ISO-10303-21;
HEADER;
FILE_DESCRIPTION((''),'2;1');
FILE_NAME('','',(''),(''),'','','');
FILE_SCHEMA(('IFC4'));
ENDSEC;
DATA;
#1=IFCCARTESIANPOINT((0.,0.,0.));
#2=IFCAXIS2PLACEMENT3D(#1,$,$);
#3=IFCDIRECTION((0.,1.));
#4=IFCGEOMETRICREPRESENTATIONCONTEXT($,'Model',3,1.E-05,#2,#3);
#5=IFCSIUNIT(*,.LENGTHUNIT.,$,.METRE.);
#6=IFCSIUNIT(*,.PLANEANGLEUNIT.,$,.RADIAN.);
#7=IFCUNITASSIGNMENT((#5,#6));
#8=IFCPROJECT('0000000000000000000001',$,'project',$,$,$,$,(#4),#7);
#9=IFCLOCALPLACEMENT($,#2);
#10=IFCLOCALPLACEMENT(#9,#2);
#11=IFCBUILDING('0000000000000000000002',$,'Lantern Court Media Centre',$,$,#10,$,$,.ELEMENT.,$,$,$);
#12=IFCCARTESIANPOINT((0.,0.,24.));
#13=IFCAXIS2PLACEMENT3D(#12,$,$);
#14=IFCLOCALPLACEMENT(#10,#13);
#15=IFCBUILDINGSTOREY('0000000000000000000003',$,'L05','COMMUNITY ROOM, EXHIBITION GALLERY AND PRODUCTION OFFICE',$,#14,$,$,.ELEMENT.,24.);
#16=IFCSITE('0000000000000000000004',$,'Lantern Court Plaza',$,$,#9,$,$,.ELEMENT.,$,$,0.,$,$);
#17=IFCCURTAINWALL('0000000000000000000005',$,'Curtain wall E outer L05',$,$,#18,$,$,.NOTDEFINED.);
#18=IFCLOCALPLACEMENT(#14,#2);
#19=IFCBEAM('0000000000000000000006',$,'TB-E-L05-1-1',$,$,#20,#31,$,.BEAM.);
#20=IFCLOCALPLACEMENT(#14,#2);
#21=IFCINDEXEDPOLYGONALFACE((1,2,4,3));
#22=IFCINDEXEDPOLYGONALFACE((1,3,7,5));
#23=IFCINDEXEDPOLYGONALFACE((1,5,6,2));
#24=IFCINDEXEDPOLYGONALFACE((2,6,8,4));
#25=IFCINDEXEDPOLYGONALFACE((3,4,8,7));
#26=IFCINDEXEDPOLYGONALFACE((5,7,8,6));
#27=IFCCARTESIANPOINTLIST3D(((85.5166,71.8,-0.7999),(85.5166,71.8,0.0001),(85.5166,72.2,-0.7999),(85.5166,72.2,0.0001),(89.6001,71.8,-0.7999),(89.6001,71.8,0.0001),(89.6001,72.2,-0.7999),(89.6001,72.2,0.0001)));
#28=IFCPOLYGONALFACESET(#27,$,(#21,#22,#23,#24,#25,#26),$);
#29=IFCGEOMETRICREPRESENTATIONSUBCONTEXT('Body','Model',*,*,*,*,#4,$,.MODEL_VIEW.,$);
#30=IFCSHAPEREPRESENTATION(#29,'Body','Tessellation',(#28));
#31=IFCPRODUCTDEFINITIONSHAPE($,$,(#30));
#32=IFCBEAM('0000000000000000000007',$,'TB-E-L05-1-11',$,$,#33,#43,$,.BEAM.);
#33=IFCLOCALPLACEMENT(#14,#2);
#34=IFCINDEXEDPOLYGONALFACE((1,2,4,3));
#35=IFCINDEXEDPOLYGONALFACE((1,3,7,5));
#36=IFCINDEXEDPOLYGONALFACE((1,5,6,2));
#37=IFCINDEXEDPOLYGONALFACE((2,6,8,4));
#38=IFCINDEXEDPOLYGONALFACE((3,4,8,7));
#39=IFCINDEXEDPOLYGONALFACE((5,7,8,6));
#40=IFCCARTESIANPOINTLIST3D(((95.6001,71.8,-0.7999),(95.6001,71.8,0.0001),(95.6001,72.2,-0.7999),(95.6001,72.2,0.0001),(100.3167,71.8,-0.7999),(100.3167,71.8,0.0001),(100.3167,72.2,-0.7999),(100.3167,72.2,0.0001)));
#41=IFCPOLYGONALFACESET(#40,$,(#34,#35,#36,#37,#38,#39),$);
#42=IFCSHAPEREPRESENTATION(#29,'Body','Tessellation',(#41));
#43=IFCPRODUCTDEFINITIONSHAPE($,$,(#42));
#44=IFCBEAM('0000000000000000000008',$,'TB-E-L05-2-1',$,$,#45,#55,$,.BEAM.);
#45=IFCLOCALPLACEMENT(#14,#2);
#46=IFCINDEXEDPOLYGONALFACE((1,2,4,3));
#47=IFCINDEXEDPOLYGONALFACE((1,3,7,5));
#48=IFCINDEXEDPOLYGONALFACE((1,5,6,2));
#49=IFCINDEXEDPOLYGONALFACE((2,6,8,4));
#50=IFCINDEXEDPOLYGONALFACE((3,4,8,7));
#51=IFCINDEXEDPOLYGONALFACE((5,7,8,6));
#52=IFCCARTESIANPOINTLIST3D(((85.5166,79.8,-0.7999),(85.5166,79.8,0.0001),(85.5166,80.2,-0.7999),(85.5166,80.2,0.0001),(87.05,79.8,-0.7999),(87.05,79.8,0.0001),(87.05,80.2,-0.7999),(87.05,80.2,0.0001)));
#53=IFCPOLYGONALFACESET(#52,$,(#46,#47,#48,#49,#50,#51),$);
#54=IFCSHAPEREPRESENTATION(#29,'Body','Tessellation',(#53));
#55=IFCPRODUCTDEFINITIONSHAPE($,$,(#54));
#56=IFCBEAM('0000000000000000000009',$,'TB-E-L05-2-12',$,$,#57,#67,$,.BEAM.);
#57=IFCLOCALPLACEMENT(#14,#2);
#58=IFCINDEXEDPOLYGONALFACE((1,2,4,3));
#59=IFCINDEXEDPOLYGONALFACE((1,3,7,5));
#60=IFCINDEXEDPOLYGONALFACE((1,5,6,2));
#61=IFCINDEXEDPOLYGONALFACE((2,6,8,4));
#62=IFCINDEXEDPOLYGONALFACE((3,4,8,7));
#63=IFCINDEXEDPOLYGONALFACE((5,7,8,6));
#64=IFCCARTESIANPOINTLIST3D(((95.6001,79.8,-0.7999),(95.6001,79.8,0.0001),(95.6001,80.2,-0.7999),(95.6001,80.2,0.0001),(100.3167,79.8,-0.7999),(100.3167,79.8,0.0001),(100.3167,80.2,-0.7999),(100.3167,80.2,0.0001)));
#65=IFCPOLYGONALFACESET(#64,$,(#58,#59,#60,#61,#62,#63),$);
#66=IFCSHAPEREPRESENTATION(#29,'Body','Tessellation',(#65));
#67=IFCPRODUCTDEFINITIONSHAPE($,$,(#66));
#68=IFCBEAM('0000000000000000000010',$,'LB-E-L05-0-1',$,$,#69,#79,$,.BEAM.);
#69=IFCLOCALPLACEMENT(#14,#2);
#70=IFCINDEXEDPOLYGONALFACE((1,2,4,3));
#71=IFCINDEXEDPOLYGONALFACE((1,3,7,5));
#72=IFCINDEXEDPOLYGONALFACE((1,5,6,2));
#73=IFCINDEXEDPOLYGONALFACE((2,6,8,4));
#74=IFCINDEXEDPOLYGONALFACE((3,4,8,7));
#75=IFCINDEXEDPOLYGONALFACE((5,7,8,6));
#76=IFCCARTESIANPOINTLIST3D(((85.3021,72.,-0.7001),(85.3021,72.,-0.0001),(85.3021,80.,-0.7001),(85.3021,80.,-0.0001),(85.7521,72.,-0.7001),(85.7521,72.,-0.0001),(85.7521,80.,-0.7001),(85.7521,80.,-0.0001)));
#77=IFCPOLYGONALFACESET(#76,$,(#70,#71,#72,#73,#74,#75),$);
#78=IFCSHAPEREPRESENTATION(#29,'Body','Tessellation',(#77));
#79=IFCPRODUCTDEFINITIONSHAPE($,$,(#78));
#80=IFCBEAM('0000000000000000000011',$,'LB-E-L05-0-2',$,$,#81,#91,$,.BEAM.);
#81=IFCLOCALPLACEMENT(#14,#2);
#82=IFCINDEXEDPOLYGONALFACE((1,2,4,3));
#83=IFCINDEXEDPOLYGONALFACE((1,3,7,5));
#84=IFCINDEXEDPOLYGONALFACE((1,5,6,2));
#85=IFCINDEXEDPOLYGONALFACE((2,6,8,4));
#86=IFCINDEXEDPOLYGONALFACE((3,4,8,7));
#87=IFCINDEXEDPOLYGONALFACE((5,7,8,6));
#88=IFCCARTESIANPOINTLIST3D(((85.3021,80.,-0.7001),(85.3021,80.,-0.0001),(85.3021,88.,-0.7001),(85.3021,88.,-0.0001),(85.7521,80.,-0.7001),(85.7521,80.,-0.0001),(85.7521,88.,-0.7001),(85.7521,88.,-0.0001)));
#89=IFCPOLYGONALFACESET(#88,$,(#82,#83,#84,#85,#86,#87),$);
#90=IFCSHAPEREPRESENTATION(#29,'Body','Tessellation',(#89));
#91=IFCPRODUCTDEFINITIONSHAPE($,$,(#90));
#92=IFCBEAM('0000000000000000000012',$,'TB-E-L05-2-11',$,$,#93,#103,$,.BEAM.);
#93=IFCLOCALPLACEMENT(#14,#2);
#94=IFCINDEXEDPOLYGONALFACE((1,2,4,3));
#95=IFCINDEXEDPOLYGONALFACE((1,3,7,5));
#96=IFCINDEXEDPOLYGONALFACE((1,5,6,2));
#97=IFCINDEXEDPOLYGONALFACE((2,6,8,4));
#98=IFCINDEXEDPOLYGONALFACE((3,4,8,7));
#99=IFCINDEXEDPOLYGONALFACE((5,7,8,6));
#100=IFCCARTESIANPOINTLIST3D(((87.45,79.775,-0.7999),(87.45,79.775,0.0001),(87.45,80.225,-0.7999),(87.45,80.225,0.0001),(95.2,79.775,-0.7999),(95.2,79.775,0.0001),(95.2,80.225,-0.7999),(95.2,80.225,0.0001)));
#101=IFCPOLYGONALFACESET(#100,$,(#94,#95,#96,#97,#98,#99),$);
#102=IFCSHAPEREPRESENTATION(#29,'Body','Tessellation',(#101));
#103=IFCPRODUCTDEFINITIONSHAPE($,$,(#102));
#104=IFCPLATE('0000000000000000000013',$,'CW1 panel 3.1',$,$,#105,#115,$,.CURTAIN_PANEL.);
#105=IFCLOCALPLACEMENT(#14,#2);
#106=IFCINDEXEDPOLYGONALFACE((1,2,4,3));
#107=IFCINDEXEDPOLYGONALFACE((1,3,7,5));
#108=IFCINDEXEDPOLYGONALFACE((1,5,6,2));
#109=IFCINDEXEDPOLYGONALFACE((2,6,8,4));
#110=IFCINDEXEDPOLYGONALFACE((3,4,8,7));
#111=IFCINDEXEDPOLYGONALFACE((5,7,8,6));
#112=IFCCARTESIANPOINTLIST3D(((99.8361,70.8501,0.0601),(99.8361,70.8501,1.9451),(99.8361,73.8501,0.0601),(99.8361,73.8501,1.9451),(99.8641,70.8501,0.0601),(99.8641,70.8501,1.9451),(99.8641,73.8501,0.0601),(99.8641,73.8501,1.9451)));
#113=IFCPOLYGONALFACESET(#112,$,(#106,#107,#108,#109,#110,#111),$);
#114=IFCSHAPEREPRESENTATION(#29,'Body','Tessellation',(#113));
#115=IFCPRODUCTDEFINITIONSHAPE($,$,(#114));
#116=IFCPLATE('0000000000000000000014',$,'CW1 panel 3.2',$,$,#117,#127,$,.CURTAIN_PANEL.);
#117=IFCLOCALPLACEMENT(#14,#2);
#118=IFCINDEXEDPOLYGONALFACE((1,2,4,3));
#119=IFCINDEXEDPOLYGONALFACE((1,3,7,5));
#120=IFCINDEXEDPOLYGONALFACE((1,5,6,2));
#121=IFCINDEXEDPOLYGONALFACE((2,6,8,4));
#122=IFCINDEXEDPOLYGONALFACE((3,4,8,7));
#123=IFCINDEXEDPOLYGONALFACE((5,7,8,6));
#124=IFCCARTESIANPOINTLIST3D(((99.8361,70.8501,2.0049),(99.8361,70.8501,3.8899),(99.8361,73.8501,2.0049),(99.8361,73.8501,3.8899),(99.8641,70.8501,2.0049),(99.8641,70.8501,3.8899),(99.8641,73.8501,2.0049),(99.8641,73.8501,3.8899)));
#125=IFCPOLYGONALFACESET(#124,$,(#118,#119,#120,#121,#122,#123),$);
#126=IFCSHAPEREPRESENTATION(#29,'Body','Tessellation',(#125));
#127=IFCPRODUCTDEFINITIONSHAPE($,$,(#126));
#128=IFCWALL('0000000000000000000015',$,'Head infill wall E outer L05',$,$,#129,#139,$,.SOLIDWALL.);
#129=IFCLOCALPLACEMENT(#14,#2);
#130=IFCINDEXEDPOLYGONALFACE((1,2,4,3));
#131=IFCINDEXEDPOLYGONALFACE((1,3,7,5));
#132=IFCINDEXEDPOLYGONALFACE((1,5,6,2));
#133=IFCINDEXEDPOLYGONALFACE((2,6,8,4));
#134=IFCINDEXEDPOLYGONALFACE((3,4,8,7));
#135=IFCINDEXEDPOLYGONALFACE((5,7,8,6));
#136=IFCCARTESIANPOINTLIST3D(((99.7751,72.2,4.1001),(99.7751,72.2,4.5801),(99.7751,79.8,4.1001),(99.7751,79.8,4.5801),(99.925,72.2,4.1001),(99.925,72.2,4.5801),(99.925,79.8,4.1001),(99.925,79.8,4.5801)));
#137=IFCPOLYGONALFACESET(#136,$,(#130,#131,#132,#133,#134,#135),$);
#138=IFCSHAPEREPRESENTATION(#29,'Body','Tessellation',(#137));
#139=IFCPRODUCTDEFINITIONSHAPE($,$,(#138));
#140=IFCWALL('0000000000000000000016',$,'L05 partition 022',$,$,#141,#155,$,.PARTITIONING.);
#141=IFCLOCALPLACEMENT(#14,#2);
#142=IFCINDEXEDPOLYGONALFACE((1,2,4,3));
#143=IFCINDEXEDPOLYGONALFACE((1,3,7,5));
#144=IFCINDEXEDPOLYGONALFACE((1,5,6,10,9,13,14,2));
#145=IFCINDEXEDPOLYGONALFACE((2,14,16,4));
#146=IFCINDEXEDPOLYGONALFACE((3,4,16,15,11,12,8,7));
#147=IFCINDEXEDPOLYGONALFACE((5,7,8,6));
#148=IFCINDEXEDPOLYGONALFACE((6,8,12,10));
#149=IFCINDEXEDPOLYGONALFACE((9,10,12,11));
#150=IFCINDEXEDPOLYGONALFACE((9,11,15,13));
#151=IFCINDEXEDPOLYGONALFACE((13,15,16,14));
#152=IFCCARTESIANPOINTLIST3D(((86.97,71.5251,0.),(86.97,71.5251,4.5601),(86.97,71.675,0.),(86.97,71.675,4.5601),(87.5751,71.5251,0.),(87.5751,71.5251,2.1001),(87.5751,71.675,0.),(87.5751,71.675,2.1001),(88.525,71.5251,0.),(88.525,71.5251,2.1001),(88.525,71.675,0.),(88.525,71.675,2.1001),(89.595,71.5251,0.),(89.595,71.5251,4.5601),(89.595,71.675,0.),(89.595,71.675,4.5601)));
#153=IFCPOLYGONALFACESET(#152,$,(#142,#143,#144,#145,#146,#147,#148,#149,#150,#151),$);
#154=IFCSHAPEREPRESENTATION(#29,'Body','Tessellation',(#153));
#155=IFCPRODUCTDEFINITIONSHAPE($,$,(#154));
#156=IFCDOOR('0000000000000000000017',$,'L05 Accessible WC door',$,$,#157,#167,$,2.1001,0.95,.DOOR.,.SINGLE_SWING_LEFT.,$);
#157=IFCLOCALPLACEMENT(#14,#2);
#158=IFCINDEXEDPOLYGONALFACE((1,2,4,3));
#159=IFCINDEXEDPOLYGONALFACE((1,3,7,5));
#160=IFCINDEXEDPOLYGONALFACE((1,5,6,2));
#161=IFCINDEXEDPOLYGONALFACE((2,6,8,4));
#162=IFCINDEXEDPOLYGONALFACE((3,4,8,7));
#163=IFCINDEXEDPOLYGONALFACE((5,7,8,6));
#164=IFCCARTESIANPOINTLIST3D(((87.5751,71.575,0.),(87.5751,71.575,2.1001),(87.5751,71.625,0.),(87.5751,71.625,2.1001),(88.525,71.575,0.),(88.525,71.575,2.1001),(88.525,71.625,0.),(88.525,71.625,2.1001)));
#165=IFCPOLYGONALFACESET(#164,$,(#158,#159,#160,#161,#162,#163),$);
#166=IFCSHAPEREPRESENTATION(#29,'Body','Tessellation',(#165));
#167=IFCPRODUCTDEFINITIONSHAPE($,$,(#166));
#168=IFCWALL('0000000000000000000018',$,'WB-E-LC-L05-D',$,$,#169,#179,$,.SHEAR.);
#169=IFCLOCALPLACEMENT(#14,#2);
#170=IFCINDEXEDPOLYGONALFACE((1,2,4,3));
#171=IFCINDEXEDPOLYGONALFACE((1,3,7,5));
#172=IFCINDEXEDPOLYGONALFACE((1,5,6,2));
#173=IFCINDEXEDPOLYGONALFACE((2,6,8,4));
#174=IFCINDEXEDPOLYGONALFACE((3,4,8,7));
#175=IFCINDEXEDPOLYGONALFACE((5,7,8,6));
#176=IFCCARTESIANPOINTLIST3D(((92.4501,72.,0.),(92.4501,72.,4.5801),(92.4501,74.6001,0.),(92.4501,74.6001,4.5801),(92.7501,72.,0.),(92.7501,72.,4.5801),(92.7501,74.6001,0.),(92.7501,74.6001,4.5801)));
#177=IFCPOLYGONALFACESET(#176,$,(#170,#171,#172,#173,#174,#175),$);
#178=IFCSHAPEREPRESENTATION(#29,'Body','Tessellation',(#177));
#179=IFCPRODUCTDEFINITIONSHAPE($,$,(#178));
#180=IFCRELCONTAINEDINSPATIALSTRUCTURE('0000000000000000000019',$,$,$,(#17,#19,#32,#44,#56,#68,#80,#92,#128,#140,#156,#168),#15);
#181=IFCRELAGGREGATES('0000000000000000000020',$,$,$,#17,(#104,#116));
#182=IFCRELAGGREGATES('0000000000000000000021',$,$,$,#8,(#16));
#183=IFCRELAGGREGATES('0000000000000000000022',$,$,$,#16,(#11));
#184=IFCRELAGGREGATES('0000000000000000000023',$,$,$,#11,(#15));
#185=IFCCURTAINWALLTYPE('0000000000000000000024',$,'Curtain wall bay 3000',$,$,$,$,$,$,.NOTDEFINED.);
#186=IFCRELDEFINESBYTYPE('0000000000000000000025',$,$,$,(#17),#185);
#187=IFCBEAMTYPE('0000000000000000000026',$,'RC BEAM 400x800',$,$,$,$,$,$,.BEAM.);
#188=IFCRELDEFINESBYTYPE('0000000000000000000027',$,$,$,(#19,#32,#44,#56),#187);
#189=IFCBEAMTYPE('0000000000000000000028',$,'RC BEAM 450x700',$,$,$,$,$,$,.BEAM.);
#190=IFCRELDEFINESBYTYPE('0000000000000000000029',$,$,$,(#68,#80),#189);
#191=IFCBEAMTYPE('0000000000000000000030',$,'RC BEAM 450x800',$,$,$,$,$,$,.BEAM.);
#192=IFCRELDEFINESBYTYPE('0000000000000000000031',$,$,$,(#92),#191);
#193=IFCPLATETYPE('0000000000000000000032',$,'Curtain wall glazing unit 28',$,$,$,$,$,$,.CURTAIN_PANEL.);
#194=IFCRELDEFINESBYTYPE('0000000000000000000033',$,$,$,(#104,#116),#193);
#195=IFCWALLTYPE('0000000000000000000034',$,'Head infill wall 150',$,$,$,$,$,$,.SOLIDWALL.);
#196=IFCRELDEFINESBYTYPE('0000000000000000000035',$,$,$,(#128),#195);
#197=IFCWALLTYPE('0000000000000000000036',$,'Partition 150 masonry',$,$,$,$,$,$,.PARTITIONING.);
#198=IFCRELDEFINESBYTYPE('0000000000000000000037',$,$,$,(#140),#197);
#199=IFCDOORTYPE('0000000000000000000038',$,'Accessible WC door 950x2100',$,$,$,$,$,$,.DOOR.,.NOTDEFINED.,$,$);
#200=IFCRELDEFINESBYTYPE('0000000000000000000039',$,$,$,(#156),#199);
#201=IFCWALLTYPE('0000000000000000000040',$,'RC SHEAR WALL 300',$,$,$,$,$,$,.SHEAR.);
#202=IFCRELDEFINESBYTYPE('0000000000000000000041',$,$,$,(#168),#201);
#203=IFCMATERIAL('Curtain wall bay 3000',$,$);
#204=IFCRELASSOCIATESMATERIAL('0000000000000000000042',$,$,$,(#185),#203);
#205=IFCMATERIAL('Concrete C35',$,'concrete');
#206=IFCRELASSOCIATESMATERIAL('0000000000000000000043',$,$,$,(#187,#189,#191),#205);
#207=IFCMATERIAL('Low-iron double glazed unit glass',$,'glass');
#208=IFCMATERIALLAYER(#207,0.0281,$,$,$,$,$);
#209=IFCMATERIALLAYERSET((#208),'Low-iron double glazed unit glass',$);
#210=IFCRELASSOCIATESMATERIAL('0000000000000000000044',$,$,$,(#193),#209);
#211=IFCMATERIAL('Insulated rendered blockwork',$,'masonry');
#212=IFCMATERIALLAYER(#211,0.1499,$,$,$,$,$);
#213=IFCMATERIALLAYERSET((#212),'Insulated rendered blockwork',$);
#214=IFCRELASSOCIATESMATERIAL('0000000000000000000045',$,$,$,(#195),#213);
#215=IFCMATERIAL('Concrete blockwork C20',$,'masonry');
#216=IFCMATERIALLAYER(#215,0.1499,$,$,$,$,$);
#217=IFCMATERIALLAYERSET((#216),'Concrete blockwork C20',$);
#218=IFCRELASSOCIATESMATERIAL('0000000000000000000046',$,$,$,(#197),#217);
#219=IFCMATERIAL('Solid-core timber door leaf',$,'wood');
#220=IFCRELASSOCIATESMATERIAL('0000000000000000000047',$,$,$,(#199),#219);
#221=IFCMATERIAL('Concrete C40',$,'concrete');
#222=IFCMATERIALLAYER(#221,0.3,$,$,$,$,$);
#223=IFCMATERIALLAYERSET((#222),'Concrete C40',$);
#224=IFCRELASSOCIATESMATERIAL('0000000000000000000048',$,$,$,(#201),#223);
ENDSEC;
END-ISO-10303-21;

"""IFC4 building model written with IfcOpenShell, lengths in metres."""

from ifc_helpers import new_model, si_unit, direction, frame, frame_2d, origin, origin_2d, place, context, subcontext, project, spatial, rectangle, extrude, material, layer, layer_set, material_profile, profile_set, type_object, element, fill, aggregate, save


model = new_model("IFC4")

# Units and contexts
model_context = context("Model", 3, precision=1e-05, world=origin(), true_north=direction((0.0, 1.0)))
body_context = subcontext(model_context, "Body", "Model", "MODEL_VIEW")
ifc_project = project(units=[si_unit("LENGTHUNIT", "METRE"), si_unit("PLANEANGLEUNIT", "RADIAN")], contexts=[model_context])

# Site, building, storey
site_placement = place(None, origin())
site = spatial("IfcSite", under=ifc_project, at=site_placement, Name="Lantern Court Plaza", CompositionType="ELEMENT", RefElevation=0.0)
building_placement = place(site_placement, origin())
building = spatial("IfcBuilding", under=site, at=building_placement, Name="Lantern Court Media Centre", CompositionType="ELEMENT")
storey_placement = place(building_placement, frame((0.0, 0.0, 24.0)))
storey = spatial("IfcBuildingStorey", under=building, at=storey_placement, Name="L05", Description="COMMUNITY ROOM, EXHIBITION GALLERY AND PRODUCTION OFFICE", CompositionType="ELEMENT", Elevation=24.0)

# Shared definitions
ifc_material_1 = material(Name="Concrete C35", Category="concrete")

# Curtain wall
ifc_material_2 = material(Name="Curtain wall bay 3000")
curtain_wall_type = type_object("IfcCurtainWallType", Name="Curtain wall bay 3000", PredefinedType="NOTDEFINED", material=ifc_material_2)
curtain_wall_placement = place(storey_placement, origin())
curtain_wall = element("IfcCurtainWall", 1, at=curtain_wall_placement, inside=storey, type_object=curtain_wall_type, Name="Curtain wall E outer L05", PredefinedType="NOTDEFINED")

# Beams
ifc_material_profile_1 = material_profile(ifc_material_1, rectangle(XDim=0.3999, YDim=0.8, at=origin_2d()), Name="RC 400x800")
ifc_profile_set_1 = profile_set([ifc_material_profile_1], Name="Concrete C35")
beam_type_1 = type_object("IfcBeamType", Name="RC BEAM 400x800", PredefinedType="BEAM", material=ifc_profile_set_1)
beam_1_placement = place(storey_placement, frame((85.5166, 72.0, -0.3999), z_axis=(1.0, 0.0, 0.0), x_axis=(0.0, 1.0, 0.0)))
element("IfcBeam", 2, at=beam_1_placement, inside=storey, type_object=beam_type_1, Name="TB-E-L05-1-1", PredefinedType="BEAM", context=body_context, shape_type="SweptSolid", body=[
    extrude(rectangle(XDim=0.3999, YDim=0.8, at=origin_2d()), origin(), (0.0, 0.0, 1.0), 4.0835),
])
beam_2_placement = place(storey_placement, frame((95.6001, 72.0, -0.3999), z_axis=(1.0, 0.0, 0.0), x_axis=(0.0, 1.0, 0.0)))
element("IfcBeam", 3, at=beam_2_placement, inside=storey, type_object=beam_type_1, Name="TB-E-L05-1-11", PredefinedType="BEAM", context=body_context, shape_type="SweptSolid", body=[
    extrude(rectangle(XDim=0.3999, YDim=0.8, at=origin_2d()), origin(), (0.0, 0.0, 1.0), 4.7166),
])
beam_3_placement = place(storey_placement, frame((85.5166, 80.0, -0.3999), z_axis=(1.0, 0.0, 0.0), x_axis=(0.0, 1.0, 0.0)))
element("IfcBeam", 4, at=beam_3_placement, inside=storey, type_object=beam_type_1, Name="TB-E-L05-2-1", PredefinedType="BEAM", context=body_context, shape_type="SweptSolid", body=[
    extrude(rectangle(XDim=0.3999, YDim=0.8, at=origin_2d()), origin(), (0.0, 0.0, 1.0), 1.5334),
])
beam_4_placement = place(storey_placement, frame((95.6001, 80.0, -0.3999), z_axis=(1.0, 0.0, 0.0), x_axis=(0.0, 1.0, 0.0)))
element("IfcBeam", 5, at=beam_4_placement, inside=storey, type_object=beam_type_1, Name="TB-E-L05-2-12", PredefinedType="BEAM", context=body_context, shape_type="SweptSolid", body=[
    extrude(rectangle(XDim=0.3999, YDim=0.8, at=origin_2d()), origin(), (0.0, 0.0, 1.0), 4.7166),
])
ifc_material_profile_2 = material_profile(ifc_material_1, rectangle(XDim=0.45, YDim=0.7, at=origin_2d()), Name="RC 450x700")
ifc_profile_set_2 = profile_set([ifc_material_profile_2], Name="Concrete C35")
beam_type_2 = type_object("IfcBeamType", Name="RC BEAM 450x700", PredefinedType="BEAM", material=ifc_profile_set_2)
for number, where, z_axis, x_axis, name in (
    (6, (85.5271, 72.0, -0.3501), (0.0, 1.0, 0.0), (-1.0, 0.0, 0.0), "LB-E-L05-0-1"),
    (7, (85.5271, 80.0, -0.3501), (0.0, 1.0, 0.0), (-1.0, 0.0, 0.0), "LB-E-L05-0-2"),
):
    element("IfcBeam", number, at=place(storey_placement, frame(where, z_axis=z_axis, x_axis=x_axis)), inside=storey, type_object=beam_type_2, Name=name, PredefinedType="BEAM", context=body_context, shape_type="SweptSolid", body=[
        extrude(rectangle(XDim=0.45, YDim=0.7, at=origin_2d()), origin(), (0.0, 0.0, 1.0), 8.0),
    ])
ifc_material_profile_3 = material_profile(ifc_material_1, rectangle(XDim=0.45, YDim=0.8, at=origin_2d()), Name="RC 450x800")
ifc_profile_set_3 = profile_set([ifc_material_profile_3], Name="Concrete C35")
beam_type_3 = type_object("IfcBeamType", Name="RC BEAM 450x800", PredefinedType="BEAM", material=ifc_profile_set_3)
beam_5_placement = place(storey_placement, frame((87.45, 80.0, -0.3999), z_axis=(1.0, 0.0, 0.0), x_axis=(0.0, 1.0, 0.0)))
element("IfcBeam", 8, at=beam_5_placement, inside=storey, type_object=beam_type_3, Name="TB-E-L05-2-11", PredefinedType="BEAM", context=body_context, shape_type="SweptSolid", body=[
    extrude(rectangle(XDim=0.45, YDim=0.8, at=origin_2d()), origin(), (0.0, 0.0, 1.0), 7.75),
])

# Plates
ifc_material_3 = material(Name="Low-iron double glazed unit glass", Category="glass")
ifc_layer_1 = layer(ifc_material_3, 0.0281)
ifc_layer_set_1 = layer_set([ifc_layer_1], Name="Low-iron double glazed unit glass")
plate_type = type_object("IfcPlateType", Name="Curtain wall glazing unit 28", PredefinedType="CURTAIN_PANEL", material=ifc_layer_set_1)
plate_1_placement = place(storey_placement, frame((99.8501, 72.3501, 0.0601), z_axis=(0.0, 0.0, 1.0), x_axis=(0.0, 1.0, 0.0)))
plate_1 = element("IfcPlate", 9, at=plate_1_placement, type_object=plate_type, Name="CW1 panel 3.1", PredefinedType="CURTAIN_PANEL", context=body_context, shape_type="SweptSolid", body=[
    extrude(rectangle(XDim=3.0, YDim=0.0281, at=origin_2d()), origin(), (0.0, 0.0, 1.0), 1.885),
])
plate_2_placement = place(storey_placement, frame((99.8501, 72.3501, 2.0049), z_axis=(0.0, 0.0, 1.0), x_axis=(0.0, 1.0, 0.0)))
plate_2 = element("IfcPlate", 10, at=plate_2_placement, type_object=plate_type, Name="CW1 panel 3.2", PredefinedType="CURTAIN_PANEL", context=body_context, shape_type="SweptSolid", body=[
    extrude(rectangle(XDim=3.0, YDim=0.0281, at=origin_2d()), origin(), (0.0, 0.0, 1.0), 1.885),
])
aggregate(curtain_wall, [plate_1, plate_2])

# Wall
ifc_material_4 = material(Name="Insulated rendered blockwork", Category="masonry")
ifc_layer_2 = layer(ifc_material_4, 0.1499)
ifc_layer_set_2 = layer_set([ifc_layer_2], Name="Insulated rendered blockwork")
wall_type_1 = type_object("IfcWallType", Name="Head infill wall 150", PredefinedType="SOLIDWALL", material=ifc_layer_set_2)
wall_1_placement = place(storey_placement, frame((99.8501, 72.2, 4.1001), z_axis=(0.0, 0.0, 1.0), x_axis=(0.0, 1.0, 0.0)))
element("IfcWall", 11, at=wall_1_placement, inside=storey, type_object=wall_type_1, Name="Head infill wall E outer L05", PredefinedType="SOLIDWALL", context=body_context, shape_type="SweptSolid", body=[
    extrude(rectangle(XDim=7.6001, YDim=0.1499, at=frame_2d((3.8, 0.0))), origin(), (0.0, 0.0, 1.0), 0.48),
])

# Wall, opening, door
ifc_material_5 = material(Name="Concrete blockwork C20", Category="masonry")
ifc_layer_3 = layer(ifc_material_5, 0.1499)
ifc_layer_set_3 = layer_set([ifc_layer_3], Name="Concrete blockwork C20")
wall_type_2 = type_object("IfcWallType", Name="Partition 150 masonry", PredefinedType="PARTITIONING", material=ifc_layer_set_3)
wall_2_placement = place(storey_placement, frame((86.97, 71.6001, 0.0), z_axis=(0.0, 0.0, 1.0), x_axis=(1.0, 0.0, 0.0)))
wall_2 = element("IfcWall", 12, at=wall_2_placement, inside=storey, type_object=wall_type_2, Name="L05 partition 022", PredefinedType="PARTITIONING", context=body_context, shape_type="SweptSolid", body=[
    extrude(rectangle(XDim=2.625, YDim=0.1499, at=frame_2d((1.3125, 0.0))), origin(), (0.0, 0.0, 1.0), 4.5601),
])
opening_1_placement = place(wall_2_placement, frame((0.605, 0.0, 0.0)))
opening_1 = element("IfcOpeningElement", 13, at=opening_1_placement, cuts=wall_2, PredefinedType="OPENING", context=body_context, shape_type="SweptSolid", body=[
    extrude(rectangle(XDim=0.95, YDim=2.1001, at=frame_2d((0.4751, 1.05))), frame((0.0, 0.085, 0.0), z_axis=(0.0, -1.0, 0.0), x_axis=(1.0, 0.0, 0.0)), (0.0, 0.0, 1.0), 0.1699),
])
ifc_material_6 = material(Name="Solid-core timber door leaf", Category="wood")
door_type_1 = type_object("IfcDoorType", Name="Accessible WC door 950x2100", OperationType="NOTDEFINED", PredefinedType="DOOR", material=ifc_material_6)
door_1_placement = place(opening_1_placement, origin())
door_1 = element("IfcDoor", 14, at=door_1_placement, inside=storey, type_object=door_type_1, Name="L05 Accessible WC door", OperationType="SINGLE_SWING_LEFT", OverallHeight=2.1001, OverallWidth=0.95, PredefinedType="DOOR", context=body_context, shape_type="SweptSolid", body=[
    extrude(rectangle(XDim=0.95, YDim=2.1001, at=frame_2d((0.4751, 1.05))), frame((0.0, 0.0249, 0.0), z_axis=(0.0, -1.0, 0.0), x_axis=(1.0, 0.0, 0.0)), (0.0, 0.0, 1.0), 0.05),
])
fill(opening_1, door_1)

# Wall
ifc_material_7 = material(Name="Concrete C40", Category="concrete")
ifc_layer_4 = layer(ifc_material_7, 0.3)
ifc_layer_set_4 = layer_set([ifc_layer_4], Name="Concrete C40")
wall_type_3 = type_object("IfcWallType", Name="RC SHEAR WALL 300", PredefinedType="SHEAR", material=ifc_layer_set_4)
wall_3_placement = place(storey_placement, frame((92.6001, 72.0, 0.0), z_axis=(0.0, 0.0, 1.0), x_axis=(0.0, 1.0, 0.0)))
element("IfcWall", 15, at=wall_3_placement, inside=storey, type_object=wall_type_3, Name="WB-E-LC-L05-D", PredefinedType="SHEAR", context=body_context, shape_type="SweptSolid", body=[
    extrude(rectangle(XDim=2.6001, YDim=0.3, at=frame_2d((1.3, 0.0))), origin(), (0.0, 0.0, 1.0), 4.5801),
])

save(model, "model.ifc")
